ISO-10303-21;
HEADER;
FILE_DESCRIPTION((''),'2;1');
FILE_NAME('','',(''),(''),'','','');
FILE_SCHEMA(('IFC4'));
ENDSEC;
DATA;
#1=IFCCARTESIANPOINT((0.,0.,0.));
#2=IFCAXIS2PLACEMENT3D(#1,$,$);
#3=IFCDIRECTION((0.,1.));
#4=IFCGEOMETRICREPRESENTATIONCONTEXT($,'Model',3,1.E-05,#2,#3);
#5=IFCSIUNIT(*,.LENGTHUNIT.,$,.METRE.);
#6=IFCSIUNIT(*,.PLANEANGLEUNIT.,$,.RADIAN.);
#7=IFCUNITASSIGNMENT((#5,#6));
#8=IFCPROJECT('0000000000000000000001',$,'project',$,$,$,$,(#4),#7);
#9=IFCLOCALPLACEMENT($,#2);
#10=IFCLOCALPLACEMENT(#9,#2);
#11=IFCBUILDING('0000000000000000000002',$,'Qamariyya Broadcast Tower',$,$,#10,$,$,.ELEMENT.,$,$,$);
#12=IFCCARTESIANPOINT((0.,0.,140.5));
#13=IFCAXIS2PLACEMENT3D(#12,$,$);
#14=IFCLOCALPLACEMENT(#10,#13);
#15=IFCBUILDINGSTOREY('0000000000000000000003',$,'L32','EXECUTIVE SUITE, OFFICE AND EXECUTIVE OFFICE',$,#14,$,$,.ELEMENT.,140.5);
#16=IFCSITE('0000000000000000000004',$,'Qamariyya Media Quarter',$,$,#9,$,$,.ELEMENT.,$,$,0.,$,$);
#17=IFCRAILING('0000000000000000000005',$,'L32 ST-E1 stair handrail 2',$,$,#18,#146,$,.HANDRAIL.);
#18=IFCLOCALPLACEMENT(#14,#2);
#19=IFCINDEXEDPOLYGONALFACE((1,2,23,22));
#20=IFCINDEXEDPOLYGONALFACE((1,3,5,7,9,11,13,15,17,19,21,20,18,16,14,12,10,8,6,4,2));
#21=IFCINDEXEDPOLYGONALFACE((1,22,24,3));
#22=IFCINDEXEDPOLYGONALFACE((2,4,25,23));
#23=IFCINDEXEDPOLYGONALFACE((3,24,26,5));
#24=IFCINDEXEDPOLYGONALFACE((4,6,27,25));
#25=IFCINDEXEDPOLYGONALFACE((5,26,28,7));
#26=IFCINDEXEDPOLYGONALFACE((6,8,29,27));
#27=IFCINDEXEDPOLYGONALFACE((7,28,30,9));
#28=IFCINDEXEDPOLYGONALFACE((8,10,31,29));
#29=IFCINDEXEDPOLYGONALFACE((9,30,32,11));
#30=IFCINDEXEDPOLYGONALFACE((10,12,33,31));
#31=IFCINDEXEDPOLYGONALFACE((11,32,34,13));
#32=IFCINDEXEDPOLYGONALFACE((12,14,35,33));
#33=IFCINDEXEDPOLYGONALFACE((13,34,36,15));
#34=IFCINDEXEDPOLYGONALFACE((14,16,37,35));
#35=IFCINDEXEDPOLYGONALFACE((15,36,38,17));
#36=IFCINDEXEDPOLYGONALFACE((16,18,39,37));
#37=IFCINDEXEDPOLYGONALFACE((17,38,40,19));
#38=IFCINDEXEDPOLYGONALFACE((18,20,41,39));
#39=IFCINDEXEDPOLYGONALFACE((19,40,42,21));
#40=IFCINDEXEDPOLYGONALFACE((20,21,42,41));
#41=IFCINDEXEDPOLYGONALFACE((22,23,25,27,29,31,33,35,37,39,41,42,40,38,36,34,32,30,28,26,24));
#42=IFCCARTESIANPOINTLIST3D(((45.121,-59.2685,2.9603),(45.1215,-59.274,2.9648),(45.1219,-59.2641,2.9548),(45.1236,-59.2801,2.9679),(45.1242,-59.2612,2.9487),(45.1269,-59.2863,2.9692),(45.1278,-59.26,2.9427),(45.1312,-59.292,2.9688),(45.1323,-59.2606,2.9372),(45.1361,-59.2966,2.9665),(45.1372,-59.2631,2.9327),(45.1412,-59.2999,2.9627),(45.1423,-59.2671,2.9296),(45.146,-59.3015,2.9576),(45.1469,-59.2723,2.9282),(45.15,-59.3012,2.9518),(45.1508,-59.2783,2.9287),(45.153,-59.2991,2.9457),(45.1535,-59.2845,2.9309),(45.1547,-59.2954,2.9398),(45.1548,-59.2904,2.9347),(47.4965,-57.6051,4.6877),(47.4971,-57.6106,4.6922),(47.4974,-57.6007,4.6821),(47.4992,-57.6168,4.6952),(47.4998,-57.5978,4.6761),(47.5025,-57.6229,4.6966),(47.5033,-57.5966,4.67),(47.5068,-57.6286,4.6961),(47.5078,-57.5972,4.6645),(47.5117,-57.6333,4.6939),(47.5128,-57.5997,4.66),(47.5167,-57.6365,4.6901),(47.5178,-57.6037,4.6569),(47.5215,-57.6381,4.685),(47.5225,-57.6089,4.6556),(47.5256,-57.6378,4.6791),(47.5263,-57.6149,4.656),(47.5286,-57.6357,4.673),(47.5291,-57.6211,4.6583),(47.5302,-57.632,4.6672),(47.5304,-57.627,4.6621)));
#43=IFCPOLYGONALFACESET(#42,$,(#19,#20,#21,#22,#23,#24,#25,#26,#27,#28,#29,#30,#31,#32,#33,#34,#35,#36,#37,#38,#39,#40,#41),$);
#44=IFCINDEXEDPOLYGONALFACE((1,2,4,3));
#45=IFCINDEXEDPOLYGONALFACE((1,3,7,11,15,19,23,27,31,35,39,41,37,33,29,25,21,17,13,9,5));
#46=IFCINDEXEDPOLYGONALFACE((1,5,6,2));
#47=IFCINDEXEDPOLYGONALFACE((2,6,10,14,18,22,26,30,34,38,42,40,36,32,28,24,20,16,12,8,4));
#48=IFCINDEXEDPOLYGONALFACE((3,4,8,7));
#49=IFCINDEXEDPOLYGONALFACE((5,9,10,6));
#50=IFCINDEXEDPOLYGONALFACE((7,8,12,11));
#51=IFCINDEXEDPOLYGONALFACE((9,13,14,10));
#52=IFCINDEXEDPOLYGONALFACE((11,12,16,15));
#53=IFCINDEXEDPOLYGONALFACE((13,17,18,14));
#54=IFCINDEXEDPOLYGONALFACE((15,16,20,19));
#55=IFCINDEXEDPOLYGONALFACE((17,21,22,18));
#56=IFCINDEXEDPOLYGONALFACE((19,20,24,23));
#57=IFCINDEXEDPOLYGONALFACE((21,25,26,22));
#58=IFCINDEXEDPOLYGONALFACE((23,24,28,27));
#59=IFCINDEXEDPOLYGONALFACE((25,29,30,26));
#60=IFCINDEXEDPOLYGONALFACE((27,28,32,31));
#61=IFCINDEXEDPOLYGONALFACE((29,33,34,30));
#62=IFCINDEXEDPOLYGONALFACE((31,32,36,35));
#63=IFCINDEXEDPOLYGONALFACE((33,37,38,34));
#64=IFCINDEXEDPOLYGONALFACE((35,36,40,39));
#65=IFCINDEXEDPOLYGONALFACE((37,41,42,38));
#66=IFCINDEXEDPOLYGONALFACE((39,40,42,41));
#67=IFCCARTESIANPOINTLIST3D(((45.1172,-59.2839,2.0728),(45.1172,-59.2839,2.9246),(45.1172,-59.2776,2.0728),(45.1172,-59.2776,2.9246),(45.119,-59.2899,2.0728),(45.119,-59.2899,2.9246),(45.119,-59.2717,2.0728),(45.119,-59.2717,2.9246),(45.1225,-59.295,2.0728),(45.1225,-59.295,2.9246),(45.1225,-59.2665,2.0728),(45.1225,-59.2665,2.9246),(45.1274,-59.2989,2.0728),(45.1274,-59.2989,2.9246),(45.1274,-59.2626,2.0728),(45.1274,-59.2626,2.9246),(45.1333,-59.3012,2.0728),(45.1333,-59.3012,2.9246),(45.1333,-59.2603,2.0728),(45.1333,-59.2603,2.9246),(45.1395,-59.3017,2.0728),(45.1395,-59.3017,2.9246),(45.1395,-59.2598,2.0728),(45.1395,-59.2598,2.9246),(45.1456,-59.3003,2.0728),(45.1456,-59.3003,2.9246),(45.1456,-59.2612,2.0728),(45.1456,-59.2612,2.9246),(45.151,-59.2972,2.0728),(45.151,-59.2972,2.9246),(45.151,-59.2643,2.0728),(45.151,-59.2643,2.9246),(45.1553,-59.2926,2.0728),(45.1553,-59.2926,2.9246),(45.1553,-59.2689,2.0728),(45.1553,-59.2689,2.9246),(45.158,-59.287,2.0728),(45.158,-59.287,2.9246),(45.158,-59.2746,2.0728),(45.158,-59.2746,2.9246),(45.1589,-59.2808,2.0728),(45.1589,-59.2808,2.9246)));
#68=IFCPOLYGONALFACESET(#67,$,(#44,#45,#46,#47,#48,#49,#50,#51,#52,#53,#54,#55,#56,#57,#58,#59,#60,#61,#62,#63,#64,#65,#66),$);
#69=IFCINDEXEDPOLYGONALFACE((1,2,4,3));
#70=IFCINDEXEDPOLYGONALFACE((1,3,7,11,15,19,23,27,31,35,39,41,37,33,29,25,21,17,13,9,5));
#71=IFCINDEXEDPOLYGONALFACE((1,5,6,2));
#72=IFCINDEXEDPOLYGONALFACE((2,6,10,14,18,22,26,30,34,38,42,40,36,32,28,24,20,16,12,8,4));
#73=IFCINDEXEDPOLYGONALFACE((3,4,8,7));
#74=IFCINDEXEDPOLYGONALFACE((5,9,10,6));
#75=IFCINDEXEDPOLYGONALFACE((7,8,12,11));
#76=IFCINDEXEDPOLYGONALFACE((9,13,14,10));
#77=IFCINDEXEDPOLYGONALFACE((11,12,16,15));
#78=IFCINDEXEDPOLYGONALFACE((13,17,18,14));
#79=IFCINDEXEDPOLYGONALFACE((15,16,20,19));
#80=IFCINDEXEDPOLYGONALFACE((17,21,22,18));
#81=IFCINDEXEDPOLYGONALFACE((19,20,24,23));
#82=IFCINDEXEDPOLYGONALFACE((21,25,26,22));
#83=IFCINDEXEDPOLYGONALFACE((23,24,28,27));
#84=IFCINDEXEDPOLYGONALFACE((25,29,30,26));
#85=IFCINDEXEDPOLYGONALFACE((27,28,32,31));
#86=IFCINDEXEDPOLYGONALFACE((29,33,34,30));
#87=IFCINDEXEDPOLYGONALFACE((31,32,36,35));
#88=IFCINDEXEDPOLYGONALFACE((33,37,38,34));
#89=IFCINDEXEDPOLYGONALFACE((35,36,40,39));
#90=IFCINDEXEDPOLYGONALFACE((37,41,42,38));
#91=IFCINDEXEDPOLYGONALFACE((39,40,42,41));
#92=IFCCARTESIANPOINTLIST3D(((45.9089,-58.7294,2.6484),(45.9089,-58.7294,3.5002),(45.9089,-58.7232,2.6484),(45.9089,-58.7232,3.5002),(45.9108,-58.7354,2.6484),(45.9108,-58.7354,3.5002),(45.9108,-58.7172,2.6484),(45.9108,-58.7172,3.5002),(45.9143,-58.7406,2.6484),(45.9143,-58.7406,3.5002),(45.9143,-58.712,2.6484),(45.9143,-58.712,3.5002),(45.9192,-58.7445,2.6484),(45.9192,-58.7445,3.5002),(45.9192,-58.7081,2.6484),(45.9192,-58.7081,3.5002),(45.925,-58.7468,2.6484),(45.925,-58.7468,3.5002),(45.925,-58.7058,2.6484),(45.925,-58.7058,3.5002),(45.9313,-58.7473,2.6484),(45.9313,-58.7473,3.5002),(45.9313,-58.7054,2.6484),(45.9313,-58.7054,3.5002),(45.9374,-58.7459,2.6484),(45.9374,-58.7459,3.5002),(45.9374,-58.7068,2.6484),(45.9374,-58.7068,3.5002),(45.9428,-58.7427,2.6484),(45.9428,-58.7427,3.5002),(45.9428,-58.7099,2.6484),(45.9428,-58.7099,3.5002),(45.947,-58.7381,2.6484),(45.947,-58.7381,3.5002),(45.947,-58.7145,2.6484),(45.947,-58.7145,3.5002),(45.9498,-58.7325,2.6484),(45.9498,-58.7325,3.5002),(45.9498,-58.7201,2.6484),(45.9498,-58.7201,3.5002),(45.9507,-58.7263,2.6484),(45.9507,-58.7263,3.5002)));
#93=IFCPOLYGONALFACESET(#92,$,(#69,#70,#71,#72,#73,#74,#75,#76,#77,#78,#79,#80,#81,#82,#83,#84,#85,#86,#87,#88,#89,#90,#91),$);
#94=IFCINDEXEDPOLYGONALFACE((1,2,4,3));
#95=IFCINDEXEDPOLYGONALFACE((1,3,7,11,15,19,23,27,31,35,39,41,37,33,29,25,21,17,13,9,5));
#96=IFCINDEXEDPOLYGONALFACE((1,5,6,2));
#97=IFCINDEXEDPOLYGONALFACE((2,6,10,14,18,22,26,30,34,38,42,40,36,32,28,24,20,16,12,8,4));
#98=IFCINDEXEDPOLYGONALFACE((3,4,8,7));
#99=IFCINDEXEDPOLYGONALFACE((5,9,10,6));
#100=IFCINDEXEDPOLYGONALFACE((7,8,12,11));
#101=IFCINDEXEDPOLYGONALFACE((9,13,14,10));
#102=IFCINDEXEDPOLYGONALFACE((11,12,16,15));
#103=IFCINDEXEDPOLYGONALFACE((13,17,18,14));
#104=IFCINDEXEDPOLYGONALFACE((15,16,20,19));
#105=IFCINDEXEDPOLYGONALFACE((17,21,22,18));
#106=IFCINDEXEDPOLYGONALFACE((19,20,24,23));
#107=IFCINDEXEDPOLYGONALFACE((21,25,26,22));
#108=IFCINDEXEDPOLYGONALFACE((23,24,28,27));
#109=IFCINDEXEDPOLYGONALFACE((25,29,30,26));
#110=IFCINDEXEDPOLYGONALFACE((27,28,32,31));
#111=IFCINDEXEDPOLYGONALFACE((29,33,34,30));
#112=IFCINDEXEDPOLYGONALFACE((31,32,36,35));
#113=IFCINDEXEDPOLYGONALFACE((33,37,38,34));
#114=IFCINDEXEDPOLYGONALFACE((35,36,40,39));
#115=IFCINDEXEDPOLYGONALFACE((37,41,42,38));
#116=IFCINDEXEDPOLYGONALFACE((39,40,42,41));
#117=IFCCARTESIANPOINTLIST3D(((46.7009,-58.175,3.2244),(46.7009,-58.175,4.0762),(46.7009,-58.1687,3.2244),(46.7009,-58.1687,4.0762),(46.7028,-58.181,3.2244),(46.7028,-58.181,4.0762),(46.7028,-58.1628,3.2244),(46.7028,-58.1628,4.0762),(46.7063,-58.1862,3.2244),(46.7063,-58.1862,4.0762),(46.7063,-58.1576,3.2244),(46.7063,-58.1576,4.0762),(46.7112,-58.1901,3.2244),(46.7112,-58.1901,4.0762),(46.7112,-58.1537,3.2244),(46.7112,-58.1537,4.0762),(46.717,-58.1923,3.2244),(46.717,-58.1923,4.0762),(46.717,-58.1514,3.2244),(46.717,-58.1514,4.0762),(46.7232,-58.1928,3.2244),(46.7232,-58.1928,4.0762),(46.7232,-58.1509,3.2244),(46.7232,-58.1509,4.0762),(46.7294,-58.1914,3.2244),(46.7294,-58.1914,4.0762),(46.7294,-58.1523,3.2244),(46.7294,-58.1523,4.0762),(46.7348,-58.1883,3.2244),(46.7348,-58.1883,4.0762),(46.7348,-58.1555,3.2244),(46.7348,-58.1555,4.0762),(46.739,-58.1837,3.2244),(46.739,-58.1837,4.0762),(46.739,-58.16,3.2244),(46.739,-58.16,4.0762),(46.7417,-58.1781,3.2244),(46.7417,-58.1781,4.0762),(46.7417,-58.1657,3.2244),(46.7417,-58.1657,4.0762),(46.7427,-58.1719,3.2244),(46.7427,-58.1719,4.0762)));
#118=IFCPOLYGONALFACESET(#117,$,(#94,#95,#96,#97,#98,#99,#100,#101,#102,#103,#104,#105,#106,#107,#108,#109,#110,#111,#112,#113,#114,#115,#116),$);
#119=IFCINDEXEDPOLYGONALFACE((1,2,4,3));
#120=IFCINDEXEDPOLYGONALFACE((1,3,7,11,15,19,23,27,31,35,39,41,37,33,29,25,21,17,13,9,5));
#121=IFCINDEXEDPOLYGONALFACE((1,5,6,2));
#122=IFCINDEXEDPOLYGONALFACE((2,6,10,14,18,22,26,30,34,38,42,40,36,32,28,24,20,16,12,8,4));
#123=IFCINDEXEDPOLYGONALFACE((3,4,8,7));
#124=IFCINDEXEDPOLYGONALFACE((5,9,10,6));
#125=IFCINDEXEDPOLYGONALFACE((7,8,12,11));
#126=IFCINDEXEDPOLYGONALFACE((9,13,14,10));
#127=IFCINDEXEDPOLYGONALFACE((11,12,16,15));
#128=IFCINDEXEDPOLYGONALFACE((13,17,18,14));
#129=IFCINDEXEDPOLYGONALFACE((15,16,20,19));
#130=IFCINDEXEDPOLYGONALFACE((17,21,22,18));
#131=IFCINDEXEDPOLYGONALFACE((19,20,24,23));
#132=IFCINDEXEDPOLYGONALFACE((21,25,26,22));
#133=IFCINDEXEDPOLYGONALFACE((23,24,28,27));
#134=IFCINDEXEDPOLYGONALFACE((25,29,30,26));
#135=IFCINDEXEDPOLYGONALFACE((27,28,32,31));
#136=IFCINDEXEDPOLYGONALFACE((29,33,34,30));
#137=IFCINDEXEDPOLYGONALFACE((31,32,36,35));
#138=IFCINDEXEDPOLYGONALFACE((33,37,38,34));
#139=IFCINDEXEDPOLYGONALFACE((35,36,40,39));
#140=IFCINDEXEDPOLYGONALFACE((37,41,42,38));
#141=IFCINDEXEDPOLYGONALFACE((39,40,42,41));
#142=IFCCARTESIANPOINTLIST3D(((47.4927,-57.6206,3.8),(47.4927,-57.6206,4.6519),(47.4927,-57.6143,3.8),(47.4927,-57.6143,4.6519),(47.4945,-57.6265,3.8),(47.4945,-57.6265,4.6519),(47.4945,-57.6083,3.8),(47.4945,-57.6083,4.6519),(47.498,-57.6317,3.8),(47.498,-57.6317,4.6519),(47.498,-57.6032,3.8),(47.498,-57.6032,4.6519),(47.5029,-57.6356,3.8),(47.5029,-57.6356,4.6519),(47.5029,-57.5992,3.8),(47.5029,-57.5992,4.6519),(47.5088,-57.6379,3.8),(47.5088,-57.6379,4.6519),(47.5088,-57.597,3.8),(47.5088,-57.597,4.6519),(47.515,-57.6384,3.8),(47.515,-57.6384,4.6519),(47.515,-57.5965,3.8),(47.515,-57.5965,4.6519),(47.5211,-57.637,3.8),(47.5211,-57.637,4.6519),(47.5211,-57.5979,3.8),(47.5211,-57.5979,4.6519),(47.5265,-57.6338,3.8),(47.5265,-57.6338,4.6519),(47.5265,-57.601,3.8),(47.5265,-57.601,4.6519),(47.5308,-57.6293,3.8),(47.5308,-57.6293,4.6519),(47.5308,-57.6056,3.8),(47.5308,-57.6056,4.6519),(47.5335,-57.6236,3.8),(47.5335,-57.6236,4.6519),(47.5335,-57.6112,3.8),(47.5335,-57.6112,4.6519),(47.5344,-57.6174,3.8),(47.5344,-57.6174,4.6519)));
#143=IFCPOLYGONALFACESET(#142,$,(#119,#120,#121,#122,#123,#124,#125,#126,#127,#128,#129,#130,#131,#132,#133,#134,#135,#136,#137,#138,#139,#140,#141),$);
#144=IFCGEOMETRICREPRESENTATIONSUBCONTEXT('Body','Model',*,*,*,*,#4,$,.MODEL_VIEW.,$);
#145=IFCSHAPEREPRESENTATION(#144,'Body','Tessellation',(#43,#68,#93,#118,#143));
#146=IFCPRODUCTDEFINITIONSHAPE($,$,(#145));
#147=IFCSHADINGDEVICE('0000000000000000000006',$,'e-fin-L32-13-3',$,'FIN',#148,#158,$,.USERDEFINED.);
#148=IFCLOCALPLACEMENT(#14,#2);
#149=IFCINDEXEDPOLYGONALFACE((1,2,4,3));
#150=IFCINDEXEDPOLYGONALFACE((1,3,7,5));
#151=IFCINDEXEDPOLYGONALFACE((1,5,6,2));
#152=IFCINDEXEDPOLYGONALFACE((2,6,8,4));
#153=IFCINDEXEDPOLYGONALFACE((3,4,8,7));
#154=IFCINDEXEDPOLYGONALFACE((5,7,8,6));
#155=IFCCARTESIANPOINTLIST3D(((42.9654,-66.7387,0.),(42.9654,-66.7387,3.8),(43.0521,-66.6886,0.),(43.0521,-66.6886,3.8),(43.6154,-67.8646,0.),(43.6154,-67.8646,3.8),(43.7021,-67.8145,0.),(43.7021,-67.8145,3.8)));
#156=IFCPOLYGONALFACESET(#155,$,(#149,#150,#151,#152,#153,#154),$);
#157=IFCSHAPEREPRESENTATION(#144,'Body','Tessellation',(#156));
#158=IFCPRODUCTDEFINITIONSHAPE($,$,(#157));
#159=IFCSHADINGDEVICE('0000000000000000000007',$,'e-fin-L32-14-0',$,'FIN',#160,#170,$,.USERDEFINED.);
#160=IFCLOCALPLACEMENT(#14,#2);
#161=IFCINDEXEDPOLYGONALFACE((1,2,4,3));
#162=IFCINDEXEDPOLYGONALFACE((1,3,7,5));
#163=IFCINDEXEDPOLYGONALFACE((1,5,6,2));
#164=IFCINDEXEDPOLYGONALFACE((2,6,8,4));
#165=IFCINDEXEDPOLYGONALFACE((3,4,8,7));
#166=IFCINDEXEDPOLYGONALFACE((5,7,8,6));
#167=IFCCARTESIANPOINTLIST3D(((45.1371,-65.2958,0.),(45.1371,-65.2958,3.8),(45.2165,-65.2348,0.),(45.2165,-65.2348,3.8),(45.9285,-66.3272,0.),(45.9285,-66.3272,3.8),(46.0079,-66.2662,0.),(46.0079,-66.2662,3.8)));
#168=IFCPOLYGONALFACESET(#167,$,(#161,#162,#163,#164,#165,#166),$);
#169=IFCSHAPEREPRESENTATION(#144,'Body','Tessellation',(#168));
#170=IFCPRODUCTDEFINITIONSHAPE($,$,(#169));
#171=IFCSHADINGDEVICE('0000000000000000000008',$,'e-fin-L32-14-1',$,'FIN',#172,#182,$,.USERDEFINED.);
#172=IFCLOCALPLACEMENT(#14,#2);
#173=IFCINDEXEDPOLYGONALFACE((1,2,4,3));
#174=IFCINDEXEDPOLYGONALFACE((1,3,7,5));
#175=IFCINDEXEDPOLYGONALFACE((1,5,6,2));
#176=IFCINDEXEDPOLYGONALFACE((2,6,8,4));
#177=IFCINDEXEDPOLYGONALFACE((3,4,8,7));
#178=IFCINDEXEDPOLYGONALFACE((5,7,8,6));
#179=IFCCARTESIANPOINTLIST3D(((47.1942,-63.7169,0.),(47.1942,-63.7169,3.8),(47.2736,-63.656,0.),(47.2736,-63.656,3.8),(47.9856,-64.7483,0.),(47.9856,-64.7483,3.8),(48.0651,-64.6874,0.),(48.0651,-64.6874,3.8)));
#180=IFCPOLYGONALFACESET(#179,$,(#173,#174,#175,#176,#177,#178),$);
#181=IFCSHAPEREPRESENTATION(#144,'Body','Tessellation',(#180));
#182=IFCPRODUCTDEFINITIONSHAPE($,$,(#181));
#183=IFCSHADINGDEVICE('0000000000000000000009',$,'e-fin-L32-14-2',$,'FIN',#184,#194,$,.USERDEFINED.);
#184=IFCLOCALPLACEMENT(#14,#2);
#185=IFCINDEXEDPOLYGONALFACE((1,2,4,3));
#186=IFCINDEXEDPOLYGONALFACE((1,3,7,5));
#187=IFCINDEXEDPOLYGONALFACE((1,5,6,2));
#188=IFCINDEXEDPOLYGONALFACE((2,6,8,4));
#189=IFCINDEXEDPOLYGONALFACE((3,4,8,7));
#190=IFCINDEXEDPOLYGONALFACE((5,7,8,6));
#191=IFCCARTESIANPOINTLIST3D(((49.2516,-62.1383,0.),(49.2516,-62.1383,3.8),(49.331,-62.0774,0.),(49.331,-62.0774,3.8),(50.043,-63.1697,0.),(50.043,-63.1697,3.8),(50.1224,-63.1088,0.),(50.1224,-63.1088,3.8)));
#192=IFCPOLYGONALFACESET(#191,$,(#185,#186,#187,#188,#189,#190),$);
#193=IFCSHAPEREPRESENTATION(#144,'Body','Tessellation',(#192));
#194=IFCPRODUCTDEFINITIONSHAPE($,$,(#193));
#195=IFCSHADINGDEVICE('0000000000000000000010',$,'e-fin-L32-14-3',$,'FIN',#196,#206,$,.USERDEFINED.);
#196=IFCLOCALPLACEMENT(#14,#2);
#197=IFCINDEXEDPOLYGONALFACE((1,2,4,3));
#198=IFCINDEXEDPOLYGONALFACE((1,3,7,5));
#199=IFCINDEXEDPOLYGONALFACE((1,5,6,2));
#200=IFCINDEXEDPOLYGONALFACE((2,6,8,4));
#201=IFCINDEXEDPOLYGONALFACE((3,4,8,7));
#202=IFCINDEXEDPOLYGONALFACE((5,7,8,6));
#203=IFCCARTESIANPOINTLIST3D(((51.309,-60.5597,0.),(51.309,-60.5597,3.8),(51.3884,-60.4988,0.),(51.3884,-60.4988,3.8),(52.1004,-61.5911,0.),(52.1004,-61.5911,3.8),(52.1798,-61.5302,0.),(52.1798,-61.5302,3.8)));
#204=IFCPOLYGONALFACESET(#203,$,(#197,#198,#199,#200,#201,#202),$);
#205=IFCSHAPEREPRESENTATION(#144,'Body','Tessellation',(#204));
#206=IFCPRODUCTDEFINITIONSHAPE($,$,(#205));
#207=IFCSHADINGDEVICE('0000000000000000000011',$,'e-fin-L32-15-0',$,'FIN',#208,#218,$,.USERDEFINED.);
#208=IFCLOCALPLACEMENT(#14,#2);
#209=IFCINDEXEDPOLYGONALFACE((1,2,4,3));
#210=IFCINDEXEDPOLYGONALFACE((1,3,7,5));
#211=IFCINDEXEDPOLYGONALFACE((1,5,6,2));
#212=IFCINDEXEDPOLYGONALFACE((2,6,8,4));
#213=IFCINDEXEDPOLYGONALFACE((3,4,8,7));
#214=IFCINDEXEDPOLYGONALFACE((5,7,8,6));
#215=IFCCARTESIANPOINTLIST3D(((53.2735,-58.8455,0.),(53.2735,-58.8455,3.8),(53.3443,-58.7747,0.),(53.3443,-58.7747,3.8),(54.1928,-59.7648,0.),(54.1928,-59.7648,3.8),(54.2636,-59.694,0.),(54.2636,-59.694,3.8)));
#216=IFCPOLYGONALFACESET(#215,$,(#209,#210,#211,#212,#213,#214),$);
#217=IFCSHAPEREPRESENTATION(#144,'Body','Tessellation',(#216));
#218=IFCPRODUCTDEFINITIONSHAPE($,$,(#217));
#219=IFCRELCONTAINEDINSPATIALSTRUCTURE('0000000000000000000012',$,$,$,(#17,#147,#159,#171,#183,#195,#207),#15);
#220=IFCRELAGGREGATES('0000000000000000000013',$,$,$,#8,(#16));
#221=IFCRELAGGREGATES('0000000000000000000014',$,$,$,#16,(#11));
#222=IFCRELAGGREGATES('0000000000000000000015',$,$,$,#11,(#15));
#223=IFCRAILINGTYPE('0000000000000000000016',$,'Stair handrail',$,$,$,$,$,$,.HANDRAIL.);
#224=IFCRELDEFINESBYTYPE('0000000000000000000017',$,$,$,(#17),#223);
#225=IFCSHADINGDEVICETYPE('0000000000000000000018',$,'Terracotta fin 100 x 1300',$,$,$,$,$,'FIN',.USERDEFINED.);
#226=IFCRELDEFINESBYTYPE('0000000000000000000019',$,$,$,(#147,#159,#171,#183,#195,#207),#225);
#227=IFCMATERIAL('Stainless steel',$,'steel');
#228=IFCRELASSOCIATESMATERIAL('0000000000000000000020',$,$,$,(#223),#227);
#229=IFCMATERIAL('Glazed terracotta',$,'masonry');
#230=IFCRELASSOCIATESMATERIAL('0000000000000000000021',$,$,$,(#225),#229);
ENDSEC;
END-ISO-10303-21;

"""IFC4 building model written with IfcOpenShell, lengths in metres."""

from ifc_helpers import new_model, si_unit, direction, frame, origin, origin_2d, place, context, subcontext, project, spatial, rectangle, circle, extrude, material, material_profile, profile_set, type_object, element, save


model = new_model("IFC4")

# Units and contexts
model_context = context("Model", 3, precision=1e-05, world=origin(), true_north=direction((0.0, 1.0)))
body_context = subcontext(model_context, "Body", "Model", "MODEL_VIEW")
ifc_project = project(units=[si_unit("LENGTHUNIT", "METRE"), si_unit("PLANEANGLEUNIT", "RADIAN")], contexts=[model_context])

# Site, building, storey
site_placement = place(None, origin())
site = spatial("IfcSite", under=ifc_project, at=site_placement, Name="Qamariyya Media Quarter", CompositionType="ELEMENT", RefElevation=0.0)
building_placement = place(site_placement, origin())
building = spatial("IfcBuilding", under=site, at=building_placement, Name="Qamariyya Broadcast Tower", CompositionType="ELEMENT")
storey_placement = place(building_placement, frame((0.0, 0.0, 140.5)))
storey = spatial("IfcBuildingStorey", under=building, at=storey_placement, Name="L32", Description="EXECUTIVE SUITE, OFFICE AND EXECUTIVE OFFICE", CompositionType="ELEMENT", Elevation=140.5)

# Railing
ifc_material_1 = material(Name="Stainless steel", Category="steel")
railing_type_1 = type_object("IfcRailingType", Name="Stair handrail", PredefinedType="HANDRAIL", material=ifc_material_1)
railing_1_placement = place(storey_placement, frame((45.1379, -59.2808, 2.0728)))
element("IfcRailing", 1, at=railing_1_placement, inside=storey, type_object=railing_type_1, Name="L32 ST-E1 stair handrail 2", PredefinedType="HANDRAIL", context=body_context, shape_type="SweptSolid", body=[
    extrude(circle(Radius=0.0239, at=origin_2d()), frame((0.0, 0.0, 0.876), z_axis=(0.70377, 0.492784, 0.511734), x_axis=(-0.573575, 0.819153, 0.0)), (0.0, 0.0, 1.0), 3.3755),
    extrude(circle(Radius=0.021, at=origin_2d()), origin(), (0.0, 0.0, 1.0), 0.8518),
    extrude(circle(Radius=0.021, at=origin_2d()), frame((0.7917, 0.5544, 0.5757)), (0.0, 0.0, 1.0), 0.8518),
    extrude(circle(Radius=0.021, at=origin_2d()), frame((1.5837, 1.1089, 1.1516)), (0.0, 0.0, 1.0), 0.8518),
    extrude(circle(Radius=0.021, at=origin_2d()), frame((2.3755, 1.6633, 1.7273)), (0.0, 0.0, 1.0), 0.8518),
])

# Shading devices
ifc_material_2 = material(Name="Glazed terracotta", Category="masonry")
ifc_material_profile_1 = material_profile(ifc_material_2, rectangle(XDim=1.3, YDim=0.1001, at=origin_2d()))
ifc_profile_set_1 = profile_set([ifc_material_profile_1], Name="Glazed terracotta")
shading_device_type_1 = type_object("IfcShadingDeviceType", Name="Terracotta fin 100 x 1300", ElementType="FIN", PredefinedType="USERDEFINED", material=ifc_profile_set_1)
for number, where, z_axis, x_axis, name in (
    (2, (43.3337, -67.2766, 0.0), (0.0, 0.0, 1.0), (0.5, -0.866025, 0.0), "e-fin-L32-13-3"),
    (3, (45.5725, -65.781, 0.0), (0.0, 0.0, 1.0), (0.608761, -0.793353, 0.0), "e-fin-L32-14-0"),
    (4, (47.6296, -64.2021, 0.0), (0.0, 0.0, 1.0), (0.608761, -0.793353, 0.0), "e-fin-L32-14-1"),
    (5, (49.687, -62.6235, 0.0), (0.0, 0.0, 1.0), (0.608761, -0.793353, 0.0), "e-fin-L32-14-2"),
    (6, (51.7444, -61.0449, 0.0), (0.0, 0.0, 1.0), (0.608761, -0.793353, 0.0), "e-fin-L32-14-3"),
    (7, (53.7686, -59.2698, 0.0), (0.0, 0.0, 1.0), (0.707107, -0.707107, 0.0), "e-fin-L32-15-0"),
):
    element("IfcShadingDevice", number, at=place(storey_placement, frame(where, z_axis=z_axis, x_axis=x_axis)), inside=storey, type_object=shading_device_type_1, Name=name, ObjectType="FIN", PredefinedType="USERDEFINED", context=body_context, shape_type="SweptSolid", body=[
        extrude(rectangle(XDim=1.3, YDim=0.1001, at=origin_2d()), origin(), (0.0, 0.0, 1.0), 3.8),
    ])

save(model, "model.ifc")
